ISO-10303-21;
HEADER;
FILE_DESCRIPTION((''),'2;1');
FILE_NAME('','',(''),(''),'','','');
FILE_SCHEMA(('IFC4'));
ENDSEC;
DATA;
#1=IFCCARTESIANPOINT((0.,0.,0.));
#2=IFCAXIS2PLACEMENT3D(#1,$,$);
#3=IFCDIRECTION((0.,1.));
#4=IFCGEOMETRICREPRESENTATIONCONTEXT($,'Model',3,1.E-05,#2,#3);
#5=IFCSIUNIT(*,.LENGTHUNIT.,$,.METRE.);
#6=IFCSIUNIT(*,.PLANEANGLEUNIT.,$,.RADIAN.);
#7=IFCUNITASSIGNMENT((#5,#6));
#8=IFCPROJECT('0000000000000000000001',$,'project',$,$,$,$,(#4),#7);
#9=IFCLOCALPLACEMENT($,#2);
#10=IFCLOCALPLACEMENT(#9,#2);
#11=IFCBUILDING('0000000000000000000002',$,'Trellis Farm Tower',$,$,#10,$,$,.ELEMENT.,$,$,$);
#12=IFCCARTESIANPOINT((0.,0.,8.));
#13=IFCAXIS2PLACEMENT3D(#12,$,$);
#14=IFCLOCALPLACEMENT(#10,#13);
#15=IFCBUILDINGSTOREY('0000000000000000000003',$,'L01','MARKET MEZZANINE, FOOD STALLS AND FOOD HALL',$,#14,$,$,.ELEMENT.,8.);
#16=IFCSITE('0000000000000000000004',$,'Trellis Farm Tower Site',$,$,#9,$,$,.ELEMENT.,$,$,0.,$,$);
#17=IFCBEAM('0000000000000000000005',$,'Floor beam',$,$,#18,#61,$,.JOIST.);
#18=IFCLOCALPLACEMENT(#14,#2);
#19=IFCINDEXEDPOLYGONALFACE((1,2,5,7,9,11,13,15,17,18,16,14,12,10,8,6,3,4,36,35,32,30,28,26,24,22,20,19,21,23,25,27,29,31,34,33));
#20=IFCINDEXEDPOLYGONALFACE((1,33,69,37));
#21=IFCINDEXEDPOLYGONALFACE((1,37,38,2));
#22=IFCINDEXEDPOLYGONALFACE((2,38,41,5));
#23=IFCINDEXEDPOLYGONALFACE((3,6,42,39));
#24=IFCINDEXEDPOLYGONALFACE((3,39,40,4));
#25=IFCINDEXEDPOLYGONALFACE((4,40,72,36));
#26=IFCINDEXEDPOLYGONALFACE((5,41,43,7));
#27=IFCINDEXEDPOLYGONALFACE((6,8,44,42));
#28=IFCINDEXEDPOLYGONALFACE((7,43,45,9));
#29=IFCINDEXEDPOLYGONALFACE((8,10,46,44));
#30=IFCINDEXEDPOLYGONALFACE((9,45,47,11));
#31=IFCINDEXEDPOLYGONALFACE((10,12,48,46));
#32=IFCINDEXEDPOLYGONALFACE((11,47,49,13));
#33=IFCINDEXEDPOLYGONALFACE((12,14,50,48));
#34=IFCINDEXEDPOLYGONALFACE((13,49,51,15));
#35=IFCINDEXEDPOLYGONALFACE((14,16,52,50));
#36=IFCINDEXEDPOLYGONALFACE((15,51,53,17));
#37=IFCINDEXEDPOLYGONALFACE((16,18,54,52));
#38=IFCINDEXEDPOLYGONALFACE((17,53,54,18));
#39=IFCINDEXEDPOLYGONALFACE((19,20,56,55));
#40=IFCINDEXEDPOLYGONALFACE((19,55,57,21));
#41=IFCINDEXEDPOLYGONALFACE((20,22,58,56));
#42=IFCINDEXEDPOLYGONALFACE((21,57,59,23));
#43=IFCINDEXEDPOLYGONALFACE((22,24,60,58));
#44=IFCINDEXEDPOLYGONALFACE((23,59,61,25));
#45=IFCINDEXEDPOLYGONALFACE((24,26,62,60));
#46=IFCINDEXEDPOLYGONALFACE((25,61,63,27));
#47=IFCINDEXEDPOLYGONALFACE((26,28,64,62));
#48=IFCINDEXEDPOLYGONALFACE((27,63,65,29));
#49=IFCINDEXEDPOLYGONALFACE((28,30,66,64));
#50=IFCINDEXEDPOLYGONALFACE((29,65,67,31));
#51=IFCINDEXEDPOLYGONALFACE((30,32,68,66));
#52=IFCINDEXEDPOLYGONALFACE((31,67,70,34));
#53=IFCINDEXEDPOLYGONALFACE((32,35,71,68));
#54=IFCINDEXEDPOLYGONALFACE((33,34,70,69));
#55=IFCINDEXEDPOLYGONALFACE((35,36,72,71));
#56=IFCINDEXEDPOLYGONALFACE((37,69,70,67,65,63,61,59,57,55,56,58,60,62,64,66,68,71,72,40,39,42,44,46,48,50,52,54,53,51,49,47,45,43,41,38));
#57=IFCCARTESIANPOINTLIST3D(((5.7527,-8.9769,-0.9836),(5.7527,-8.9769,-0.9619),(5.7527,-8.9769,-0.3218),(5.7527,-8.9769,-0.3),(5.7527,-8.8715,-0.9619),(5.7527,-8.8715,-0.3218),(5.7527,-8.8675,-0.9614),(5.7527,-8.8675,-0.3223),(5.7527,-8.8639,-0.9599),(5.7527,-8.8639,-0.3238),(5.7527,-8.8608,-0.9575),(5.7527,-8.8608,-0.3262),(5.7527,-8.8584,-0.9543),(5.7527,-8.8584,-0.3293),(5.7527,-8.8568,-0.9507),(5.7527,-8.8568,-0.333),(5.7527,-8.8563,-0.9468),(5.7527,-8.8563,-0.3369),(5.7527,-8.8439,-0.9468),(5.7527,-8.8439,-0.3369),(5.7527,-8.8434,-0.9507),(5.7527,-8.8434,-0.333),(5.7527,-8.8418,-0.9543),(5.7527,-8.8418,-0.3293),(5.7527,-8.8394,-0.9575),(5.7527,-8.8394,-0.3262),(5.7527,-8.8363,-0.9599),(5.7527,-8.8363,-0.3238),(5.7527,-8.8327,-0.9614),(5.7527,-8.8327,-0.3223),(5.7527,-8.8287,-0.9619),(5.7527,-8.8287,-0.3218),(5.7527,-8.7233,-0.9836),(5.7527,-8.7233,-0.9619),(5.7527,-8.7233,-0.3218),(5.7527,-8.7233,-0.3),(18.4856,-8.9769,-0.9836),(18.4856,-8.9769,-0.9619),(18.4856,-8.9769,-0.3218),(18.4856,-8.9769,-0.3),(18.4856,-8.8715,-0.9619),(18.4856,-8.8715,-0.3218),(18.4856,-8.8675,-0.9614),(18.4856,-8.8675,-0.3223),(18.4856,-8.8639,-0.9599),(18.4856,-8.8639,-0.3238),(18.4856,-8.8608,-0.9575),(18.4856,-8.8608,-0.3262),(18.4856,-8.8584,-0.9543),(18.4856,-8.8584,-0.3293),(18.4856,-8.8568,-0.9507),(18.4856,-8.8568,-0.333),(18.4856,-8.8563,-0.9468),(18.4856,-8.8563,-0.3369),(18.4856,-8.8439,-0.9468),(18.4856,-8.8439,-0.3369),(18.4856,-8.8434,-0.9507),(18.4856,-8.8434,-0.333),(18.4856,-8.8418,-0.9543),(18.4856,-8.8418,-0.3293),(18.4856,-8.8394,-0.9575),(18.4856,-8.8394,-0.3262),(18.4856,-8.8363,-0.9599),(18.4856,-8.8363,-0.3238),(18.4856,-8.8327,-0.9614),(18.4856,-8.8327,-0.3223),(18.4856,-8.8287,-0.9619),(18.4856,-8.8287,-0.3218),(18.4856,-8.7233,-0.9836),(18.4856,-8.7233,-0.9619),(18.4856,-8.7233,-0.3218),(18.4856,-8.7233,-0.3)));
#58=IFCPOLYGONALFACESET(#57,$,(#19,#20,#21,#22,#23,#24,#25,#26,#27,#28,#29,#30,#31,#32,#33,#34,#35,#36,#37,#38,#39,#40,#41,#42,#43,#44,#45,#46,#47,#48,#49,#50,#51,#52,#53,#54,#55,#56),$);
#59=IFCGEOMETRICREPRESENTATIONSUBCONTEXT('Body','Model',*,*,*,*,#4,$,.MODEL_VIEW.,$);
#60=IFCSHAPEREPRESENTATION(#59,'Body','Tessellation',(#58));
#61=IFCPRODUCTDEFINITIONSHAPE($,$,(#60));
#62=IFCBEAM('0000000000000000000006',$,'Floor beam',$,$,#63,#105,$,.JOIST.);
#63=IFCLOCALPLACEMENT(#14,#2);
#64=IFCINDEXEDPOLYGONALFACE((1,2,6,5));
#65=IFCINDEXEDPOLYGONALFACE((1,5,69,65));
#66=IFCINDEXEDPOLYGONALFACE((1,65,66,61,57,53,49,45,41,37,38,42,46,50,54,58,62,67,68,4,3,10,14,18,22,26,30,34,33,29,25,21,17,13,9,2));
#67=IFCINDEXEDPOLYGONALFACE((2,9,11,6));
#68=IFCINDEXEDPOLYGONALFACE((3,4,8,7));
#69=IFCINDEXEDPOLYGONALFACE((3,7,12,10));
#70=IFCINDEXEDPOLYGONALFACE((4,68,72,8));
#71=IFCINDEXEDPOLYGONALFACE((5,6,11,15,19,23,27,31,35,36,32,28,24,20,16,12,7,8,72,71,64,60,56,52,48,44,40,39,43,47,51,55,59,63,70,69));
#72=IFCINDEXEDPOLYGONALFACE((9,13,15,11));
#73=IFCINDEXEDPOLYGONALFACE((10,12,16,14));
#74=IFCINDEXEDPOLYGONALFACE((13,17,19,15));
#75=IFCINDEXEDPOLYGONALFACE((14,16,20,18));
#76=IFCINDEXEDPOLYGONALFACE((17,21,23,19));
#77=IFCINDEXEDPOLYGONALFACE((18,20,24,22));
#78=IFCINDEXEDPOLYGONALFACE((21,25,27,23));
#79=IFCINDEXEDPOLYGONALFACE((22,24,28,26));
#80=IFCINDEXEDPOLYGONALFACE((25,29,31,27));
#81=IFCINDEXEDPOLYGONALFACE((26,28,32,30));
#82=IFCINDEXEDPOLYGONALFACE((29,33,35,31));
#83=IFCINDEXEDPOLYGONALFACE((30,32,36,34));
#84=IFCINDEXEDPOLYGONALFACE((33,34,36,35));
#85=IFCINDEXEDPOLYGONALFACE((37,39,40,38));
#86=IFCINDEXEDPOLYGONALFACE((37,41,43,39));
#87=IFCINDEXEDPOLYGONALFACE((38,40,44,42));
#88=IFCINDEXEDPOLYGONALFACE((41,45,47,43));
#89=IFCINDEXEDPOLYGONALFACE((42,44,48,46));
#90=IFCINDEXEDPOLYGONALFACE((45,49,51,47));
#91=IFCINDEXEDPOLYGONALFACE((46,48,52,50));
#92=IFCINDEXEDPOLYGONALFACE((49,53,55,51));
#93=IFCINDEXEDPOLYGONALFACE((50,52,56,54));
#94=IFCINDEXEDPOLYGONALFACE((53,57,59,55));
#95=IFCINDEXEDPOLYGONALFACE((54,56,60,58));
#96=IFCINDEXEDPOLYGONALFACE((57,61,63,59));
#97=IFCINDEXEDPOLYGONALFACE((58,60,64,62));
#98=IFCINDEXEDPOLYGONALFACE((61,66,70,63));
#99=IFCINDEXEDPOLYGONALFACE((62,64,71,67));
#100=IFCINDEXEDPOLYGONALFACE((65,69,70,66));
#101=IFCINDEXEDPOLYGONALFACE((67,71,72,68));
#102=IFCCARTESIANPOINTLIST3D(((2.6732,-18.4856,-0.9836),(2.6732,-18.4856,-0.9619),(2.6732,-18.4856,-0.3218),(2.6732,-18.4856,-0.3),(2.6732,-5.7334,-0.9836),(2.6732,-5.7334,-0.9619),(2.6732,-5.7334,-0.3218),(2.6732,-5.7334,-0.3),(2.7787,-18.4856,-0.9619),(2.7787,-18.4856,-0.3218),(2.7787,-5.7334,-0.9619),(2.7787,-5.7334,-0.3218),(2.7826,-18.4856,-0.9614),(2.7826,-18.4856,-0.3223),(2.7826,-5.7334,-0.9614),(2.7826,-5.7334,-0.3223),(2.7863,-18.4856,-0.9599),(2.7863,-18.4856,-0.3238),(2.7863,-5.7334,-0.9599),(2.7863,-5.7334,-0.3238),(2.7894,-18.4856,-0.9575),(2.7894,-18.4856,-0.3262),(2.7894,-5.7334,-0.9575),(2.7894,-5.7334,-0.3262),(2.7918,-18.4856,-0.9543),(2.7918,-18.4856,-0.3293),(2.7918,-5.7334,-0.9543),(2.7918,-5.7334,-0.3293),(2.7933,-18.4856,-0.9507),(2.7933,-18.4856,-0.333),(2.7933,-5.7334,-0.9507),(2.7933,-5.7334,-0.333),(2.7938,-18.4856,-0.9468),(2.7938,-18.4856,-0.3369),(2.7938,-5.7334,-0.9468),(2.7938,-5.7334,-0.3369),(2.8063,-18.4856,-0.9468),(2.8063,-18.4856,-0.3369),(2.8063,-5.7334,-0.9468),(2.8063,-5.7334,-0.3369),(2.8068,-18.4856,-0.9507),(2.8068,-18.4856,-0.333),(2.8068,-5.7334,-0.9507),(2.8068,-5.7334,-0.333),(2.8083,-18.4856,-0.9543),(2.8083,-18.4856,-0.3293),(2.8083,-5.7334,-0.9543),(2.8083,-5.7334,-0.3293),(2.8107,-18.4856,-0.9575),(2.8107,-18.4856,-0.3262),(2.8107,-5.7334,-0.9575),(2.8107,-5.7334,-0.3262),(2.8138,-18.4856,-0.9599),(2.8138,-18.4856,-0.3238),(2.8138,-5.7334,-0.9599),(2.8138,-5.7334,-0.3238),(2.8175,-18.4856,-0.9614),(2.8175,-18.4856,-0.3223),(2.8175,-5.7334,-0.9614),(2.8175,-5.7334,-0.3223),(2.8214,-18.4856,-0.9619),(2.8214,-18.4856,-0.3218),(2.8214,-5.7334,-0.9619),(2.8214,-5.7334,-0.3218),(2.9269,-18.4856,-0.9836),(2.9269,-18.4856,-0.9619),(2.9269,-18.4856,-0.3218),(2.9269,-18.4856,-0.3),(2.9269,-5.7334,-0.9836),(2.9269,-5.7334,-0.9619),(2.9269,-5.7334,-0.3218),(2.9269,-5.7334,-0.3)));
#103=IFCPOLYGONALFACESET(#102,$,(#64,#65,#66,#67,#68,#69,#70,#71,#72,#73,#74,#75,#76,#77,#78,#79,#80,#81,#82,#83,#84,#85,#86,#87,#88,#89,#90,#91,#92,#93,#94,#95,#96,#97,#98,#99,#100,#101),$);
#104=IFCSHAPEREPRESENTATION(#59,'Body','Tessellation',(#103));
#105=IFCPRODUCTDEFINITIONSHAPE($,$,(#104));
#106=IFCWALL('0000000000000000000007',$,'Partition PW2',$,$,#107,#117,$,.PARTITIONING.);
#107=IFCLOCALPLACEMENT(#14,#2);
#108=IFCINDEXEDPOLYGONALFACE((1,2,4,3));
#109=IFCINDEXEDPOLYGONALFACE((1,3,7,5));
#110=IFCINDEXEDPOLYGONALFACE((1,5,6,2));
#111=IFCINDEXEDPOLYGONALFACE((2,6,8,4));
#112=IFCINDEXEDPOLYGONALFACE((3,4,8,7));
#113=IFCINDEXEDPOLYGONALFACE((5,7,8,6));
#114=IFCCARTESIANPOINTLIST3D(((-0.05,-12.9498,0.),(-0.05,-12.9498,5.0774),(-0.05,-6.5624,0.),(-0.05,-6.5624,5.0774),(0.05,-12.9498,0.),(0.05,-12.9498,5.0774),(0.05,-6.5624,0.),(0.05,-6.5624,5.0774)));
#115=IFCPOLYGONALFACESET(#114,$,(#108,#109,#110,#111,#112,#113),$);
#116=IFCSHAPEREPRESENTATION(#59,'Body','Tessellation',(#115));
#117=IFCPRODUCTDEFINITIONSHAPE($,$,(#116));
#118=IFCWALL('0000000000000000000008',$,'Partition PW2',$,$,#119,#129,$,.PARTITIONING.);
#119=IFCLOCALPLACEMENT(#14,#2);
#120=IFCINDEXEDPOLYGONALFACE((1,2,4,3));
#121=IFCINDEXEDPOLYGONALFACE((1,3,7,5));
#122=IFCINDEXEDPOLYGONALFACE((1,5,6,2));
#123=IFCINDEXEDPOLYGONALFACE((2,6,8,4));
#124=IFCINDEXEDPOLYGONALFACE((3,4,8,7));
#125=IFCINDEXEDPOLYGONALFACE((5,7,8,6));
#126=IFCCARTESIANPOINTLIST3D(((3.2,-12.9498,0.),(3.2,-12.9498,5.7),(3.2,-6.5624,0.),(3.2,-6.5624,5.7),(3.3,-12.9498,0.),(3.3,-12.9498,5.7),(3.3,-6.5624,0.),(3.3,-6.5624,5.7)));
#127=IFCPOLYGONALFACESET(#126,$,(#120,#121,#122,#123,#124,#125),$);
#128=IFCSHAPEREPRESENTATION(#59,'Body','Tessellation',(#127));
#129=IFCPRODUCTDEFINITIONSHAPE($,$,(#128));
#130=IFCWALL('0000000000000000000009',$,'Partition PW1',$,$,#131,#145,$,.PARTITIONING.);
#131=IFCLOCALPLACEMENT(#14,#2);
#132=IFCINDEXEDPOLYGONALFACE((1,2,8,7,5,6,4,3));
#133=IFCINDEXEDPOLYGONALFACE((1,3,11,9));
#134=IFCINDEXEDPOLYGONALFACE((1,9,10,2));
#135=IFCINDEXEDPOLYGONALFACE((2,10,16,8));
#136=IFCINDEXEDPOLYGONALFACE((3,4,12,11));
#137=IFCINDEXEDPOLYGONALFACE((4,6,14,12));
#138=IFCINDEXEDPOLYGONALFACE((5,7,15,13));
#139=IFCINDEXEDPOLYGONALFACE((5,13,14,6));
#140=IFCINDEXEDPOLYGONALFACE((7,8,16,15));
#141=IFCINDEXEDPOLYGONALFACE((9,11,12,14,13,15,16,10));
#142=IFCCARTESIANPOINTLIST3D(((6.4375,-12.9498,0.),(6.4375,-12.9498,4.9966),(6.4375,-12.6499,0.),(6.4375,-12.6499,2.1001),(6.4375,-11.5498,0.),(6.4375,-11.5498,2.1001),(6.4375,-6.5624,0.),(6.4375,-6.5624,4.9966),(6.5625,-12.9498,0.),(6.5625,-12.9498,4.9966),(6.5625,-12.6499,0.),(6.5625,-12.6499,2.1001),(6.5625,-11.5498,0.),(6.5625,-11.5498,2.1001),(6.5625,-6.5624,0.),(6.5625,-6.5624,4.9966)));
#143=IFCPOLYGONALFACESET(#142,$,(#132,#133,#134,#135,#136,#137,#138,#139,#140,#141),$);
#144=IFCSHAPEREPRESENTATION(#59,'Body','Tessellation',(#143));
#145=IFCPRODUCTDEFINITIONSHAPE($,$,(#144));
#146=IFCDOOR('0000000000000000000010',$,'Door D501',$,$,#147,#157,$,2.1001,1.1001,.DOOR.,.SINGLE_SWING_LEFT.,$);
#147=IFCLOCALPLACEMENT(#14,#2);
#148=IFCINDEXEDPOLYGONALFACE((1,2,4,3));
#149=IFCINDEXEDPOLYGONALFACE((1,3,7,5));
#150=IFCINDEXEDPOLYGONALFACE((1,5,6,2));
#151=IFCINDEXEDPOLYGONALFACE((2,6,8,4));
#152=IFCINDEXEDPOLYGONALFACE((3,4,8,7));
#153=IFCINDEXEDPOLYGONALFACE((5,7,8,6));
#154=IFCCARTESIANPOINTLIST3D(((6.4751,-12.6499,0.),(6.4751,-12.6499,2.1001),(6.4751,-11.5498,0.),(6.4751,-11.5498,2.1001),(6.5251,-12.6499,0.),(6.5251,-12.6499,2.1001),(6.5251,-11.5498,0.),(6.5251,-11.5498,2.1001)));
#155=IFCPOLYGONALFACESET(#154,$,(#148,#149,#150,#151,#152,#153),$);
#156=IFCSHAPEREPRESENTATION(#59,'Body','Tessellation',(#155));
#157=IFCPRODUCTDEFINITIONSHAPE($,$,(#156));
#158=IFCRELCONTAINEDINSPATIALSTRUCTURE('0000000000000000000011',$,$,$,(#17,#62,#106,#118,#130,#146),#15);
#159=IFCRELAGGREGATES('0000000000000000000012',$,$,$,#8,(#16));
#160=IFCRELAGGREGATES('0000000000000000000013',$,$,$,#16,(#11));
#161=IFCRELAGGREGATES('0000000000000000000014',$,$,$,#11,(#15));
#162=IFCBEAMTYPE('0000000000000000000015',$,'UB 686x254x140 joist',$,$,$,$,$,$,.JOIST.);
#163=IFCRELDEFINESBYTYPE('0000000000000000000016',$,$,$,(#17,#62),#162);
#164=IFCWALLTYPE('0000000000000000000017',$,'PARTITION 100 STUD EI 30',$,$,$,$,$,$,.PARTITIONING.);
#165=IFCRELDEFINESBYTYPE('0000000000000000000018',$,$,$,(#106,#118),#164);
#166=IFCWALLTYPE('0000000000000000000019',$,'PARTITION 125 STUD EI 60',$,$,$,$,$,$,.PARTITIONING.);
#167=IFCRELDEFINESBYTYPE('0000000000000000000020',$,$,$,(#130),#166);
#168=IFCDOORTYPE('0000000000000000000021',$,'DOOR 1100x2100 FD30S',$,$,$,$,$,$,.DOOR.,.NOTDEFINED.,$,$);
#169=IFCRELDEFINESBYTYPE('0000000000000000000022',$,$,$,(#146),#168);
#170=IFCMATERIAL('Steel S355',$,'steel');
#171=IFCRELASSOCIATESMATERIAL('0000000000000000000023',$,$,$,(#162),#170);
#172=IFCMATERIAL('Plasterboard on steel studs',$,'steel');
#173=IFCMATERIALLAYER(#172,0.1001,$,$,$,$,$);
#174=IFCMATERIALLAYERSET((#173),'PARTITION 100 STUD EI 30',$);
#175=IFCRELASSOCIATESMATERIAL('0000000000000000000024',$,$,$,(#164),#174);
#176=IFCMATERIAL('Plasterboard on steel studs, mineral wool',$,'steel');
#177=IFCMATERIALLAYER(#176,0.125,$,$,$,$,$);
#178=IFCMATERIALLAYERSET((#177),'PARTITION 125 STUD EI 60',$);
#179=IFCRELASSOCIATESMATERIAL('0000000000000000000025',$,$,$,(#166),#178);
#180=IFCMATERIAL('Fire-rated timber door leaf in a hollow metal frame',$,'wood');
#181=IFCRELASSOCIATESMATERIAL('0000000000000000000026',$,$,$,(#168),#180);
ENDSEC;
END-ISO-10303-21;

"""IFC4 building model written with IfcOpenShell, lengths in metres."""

from ifc_helpers import new_model, si_unit, direction, frame, frame_2d, origin, origin_2d, place, context, subcontext, project, spatial, rectangle, i_section, extrude, source, transform, mapped, material, layer, layer_set, material_profile, profile_set, type_object, element, fill, save


model = new_model("IFC4")

# Units and contexts
model_context = context("Model", 3, precision=1e-05, world=origin(), true_north=direction((0.0, 1.0)))
body_context = subcontext(model_context, "Body", "Model", "MODEL_VIEW")
ifc_project = project(units=[si_unit("LENGTHUNIT", "METRE"), si_unit("PLANEANGLEUNIT", "RADIAN")], contexts=[model_context])

# Site, building, storey
site_placement = place(None, origin())
site = spatial("IfcSite", under=ifc_project, at=site_placement, Name="Trellis Farm Tower Site", CompositionType="ELEMENT", RefElevation=0.0)
building_placement = place(site_placement, origin())
building = spatial("IfcBuilding", under=site, at=building_placement, Name="Trellis Farm Tower", CompositionType="ELEMENT")
storey_placement = place(building_placement, frame((0.0, 0.0, 8.0)))
storey = spatial("IfcBuildingStorey", under=building, at=storey_placement, Name="L01", Description="MARKET MEZZANINE, FOOD STALLS AND FOOD HALL", CompositionType="ELEMENT", Elevation=8.0)

# Beams
ifc_material_1 = material(Name="Steel S355", Category="steel")
ifc_material_profile_1 = material_profile(ifc_material_1, i_section(OverallWidth=0.2537, OverallDepth=0.6836, WebThickness=0.0125, FlangeThickness=0.0217, FilletRadius=0.0151, at=origin_2d()), Name="UB 686x254x140")
ifc_profile_set_1 = profile_set([ifc_material_profile_1], Name="Steel S355")
beam_type_1 = type_object("IfcBeamType", Name="UB 686x254x140 joist", PredefinedType="JOIST", material=ifc_profile_set_1)
shared_shape_1 = source(origin(), body_context, "Body", "SweptSolid", [
    extrude(i_section(OverallWidth=0.2537, OverallDepth=0.6836, WebThickness=0.0125, FlangeThickness=0.0217, FilletRadius=0.0151, at=origin_2d()), origin(), (0.0, 0.0, 1.0), 12.7329),
])
for number, where, z_axis, x_axis, name in (
    (1, (5.7527, -8.8501, -0.6418), (1.0, 0.0, 0.0), (0.0, 1.0, 0.0), "Floor beam"),
):
    element("IfcBeam", number, at=place(storey_placement, frame(where, z_axis=z_axis, x_axis=x_axis)), inside=storey, type_object=beam_type_1, Name=name, PredefinedType="JOIST", context=body_context, shape_type="MappedRepresentation", body=[
        mapped(shared_shape_1, transform((0.0, 0.0, 0.0))),
    ])
shared_shape_2 = source(origin(), body_context, "Body", "SweptSolid", [
    extrude(i_section(OverallWidth=0.2537, OverallDepth=0.6836, WebThickness=0.0125, FlangeThickness=0.0217, FilletRadius=0.0151, at=origin_2d()), origin(), (0.0, 0.0, 1.0), 12.7522),
])
beam_1_placement = place(storey_placement, frame((2.8, -18.4856, -0.6418), z_axis=(0.0, 1.0, 0.0), x_axis=(-1.0, 0.0, 0.0)))
element("IfcBeam", 2, at=beam_1_placement, inside=storey, type_object=beam_type_1, Name="Floor beam", PredefinedType="JOIST", context=body_context, shape_type="MappedRepresentation", body=[
    mapped(shared_shape_2, transform((0.0, 0.0, 0.0))),
])

# Walls
ifc_material_2 = material(Name="Plasterboard on steel studs", Category="steel")
ifc_layer_1 = layer(ifc_material_2, 0.1001)
ifc_layer_set_1 = layer_set([ifc_layer_1], Name="PARTITION 100 STUD EI 30")
wall_type_1 = type_object("IfcWallType", Name="PARTITION 100 STUD EI 30", PredefinedType="PARTITIONING", material=ifc_layer_set_1)
wall_1_placement = place(storey_placement, frame((0.0, -12.95, 0.0), z_axis=(0.0, 0.0, 1.0), x_axis=(0.0, 1.0, 0.0)))
element("IfcWall", 3, at=wall_1_placement, inside=storey, type_object=wall_type_1, Name="Partition PW2", PredefinedType="PARTITIONING", context=body_context, shape_type="SweptSolid", body=[
    extrude(rectangle(XDim=6.3875, YDim=0.1001, at=frame_2d((3.1938, 0.0))), origin(), (0.0, 0.0, 1.0), 5.0774),
])
wall_2_placement = place(storey_placement, frame((3.25, -12.95, 0.0), z_axis=(0.0, 0.0, 1.0), x_axis=(0.0, 1.0, 0.0)))
element("IfcWall", 4, at=wall_2_placement, inside=storey, type_object=wall_type_1, Name="Partition PW2", PredefinedType="PARTITIONING", context=body_context, shape_type="SweptSolid", body=[
    extrude(rectangle(XDim=6.3875, YDim=0.1001, at=frame_2d((3.1938, 0.0))), origin(), (0.0, 0.0, 1.0), 5.7),
])

# Wall, opening, door
ifc_material_3 = material(Name="Plasterboard on steel studs, mineral wool", Category="steel")
ifc_layer_2 = layer(ifc_material_3, 0.125)
ifc_layer_set_2 = layer_set([ifc_layer_2], Name="PARTITION 125 STUD EI 60")
wall_type_2 = type_object("IfcWallType", Name="PARTITION 125 STUD EI 60", PredefinedType="PARTITIONING", material=ifc_layer_set_2)
wall_3_placement = place(storey_placement, frame((6.5, -12.95, 0.0), z_axis=(0.0, 0.0, 1.0), x_axis=(0.0, 1.0, 0.0)))
wall_3 = element("IfcWall", 5, at=wall_3_placement, inside=storey, type_object=wall_type_2, Name="Partition PW1", PredefinedType="PARTITIONING", context=body_context, shape_type="SweptSolid", body=[
    extrude(rectangle(XDim=6.3875, YDim=0.125, at=frame_2d((3.1938, 0.0))), origin(), (0.0, 0.0, 1.0), 4.9966),
])
shared_shape_3 = source(origin(), body_context, "Body", "SweptSolid", [
    extrude(rectangle(XDim=1.1001, YDim=2.1001, at=frame_2d((0.55, 1.05))), frame((0.0, 0.0725, 0.0), z_axis=(0.0, -1.0, 0.0), x_axis=(1.0, 0.0, 0.0)), (0.0, 0.0, 1.0), 0.145),
])
opening_1_placement = place(wall_3_placement, frame((0.3, 0.0, 0.0)))
opening_1 = element("IfcOpeningElement", 6, at=opening_1_placement, cuts=wall_3, PredefinedType="OPENING", context=body_context, shape_type="MappedRepresentation", body=[
    mapped(shared_shape_3, transform((0.0, 0.0, 0.0))),
])
ifc_material_4 = material(Name="Fire-rated timber door leaf in a hollow metal frame", Category="wood")
door_type_1 = type_object("IfcDoorType", Name="DOOR 1100x2100 FD30S", OperationType="NOTDEFINED", PredefinedType="DOOR", material=ifc_material_4)
shared_shape_4 = source(origin(), body_context, "Body", "SweptSolid", [
    extrude(rectangle(XDim=1.1001, YDim=2.1001, at=frame_2d((0.55, 1.05))), frame((0.0, 0.0249, 0.0), z_axis=(0.0, -1.0, 0.0), x_axis=(1.0, 0.0, 0.0)), (0.0, 0.0, 1.0), 0.05),
])
door_1_placement = place(opening_1_placement, origin())
door_1 = element("IfcDoor", 7, at=door_1_placement, inside=storey, type_object=door_type_1, Name="Door D501", OperationType="SINGLE_SWING_LEFT", OverallHeight=2.1001, OverallWidth=1.1001, PredefinedType="DOOR", context=body_context, shape_type="MappedRepresentation", body=[
    mapped(shared_shape_4, transform((0.0, 0.0, 0.0))),
])
fill(opening_1, door_1)

save(model, "model.ifc")
